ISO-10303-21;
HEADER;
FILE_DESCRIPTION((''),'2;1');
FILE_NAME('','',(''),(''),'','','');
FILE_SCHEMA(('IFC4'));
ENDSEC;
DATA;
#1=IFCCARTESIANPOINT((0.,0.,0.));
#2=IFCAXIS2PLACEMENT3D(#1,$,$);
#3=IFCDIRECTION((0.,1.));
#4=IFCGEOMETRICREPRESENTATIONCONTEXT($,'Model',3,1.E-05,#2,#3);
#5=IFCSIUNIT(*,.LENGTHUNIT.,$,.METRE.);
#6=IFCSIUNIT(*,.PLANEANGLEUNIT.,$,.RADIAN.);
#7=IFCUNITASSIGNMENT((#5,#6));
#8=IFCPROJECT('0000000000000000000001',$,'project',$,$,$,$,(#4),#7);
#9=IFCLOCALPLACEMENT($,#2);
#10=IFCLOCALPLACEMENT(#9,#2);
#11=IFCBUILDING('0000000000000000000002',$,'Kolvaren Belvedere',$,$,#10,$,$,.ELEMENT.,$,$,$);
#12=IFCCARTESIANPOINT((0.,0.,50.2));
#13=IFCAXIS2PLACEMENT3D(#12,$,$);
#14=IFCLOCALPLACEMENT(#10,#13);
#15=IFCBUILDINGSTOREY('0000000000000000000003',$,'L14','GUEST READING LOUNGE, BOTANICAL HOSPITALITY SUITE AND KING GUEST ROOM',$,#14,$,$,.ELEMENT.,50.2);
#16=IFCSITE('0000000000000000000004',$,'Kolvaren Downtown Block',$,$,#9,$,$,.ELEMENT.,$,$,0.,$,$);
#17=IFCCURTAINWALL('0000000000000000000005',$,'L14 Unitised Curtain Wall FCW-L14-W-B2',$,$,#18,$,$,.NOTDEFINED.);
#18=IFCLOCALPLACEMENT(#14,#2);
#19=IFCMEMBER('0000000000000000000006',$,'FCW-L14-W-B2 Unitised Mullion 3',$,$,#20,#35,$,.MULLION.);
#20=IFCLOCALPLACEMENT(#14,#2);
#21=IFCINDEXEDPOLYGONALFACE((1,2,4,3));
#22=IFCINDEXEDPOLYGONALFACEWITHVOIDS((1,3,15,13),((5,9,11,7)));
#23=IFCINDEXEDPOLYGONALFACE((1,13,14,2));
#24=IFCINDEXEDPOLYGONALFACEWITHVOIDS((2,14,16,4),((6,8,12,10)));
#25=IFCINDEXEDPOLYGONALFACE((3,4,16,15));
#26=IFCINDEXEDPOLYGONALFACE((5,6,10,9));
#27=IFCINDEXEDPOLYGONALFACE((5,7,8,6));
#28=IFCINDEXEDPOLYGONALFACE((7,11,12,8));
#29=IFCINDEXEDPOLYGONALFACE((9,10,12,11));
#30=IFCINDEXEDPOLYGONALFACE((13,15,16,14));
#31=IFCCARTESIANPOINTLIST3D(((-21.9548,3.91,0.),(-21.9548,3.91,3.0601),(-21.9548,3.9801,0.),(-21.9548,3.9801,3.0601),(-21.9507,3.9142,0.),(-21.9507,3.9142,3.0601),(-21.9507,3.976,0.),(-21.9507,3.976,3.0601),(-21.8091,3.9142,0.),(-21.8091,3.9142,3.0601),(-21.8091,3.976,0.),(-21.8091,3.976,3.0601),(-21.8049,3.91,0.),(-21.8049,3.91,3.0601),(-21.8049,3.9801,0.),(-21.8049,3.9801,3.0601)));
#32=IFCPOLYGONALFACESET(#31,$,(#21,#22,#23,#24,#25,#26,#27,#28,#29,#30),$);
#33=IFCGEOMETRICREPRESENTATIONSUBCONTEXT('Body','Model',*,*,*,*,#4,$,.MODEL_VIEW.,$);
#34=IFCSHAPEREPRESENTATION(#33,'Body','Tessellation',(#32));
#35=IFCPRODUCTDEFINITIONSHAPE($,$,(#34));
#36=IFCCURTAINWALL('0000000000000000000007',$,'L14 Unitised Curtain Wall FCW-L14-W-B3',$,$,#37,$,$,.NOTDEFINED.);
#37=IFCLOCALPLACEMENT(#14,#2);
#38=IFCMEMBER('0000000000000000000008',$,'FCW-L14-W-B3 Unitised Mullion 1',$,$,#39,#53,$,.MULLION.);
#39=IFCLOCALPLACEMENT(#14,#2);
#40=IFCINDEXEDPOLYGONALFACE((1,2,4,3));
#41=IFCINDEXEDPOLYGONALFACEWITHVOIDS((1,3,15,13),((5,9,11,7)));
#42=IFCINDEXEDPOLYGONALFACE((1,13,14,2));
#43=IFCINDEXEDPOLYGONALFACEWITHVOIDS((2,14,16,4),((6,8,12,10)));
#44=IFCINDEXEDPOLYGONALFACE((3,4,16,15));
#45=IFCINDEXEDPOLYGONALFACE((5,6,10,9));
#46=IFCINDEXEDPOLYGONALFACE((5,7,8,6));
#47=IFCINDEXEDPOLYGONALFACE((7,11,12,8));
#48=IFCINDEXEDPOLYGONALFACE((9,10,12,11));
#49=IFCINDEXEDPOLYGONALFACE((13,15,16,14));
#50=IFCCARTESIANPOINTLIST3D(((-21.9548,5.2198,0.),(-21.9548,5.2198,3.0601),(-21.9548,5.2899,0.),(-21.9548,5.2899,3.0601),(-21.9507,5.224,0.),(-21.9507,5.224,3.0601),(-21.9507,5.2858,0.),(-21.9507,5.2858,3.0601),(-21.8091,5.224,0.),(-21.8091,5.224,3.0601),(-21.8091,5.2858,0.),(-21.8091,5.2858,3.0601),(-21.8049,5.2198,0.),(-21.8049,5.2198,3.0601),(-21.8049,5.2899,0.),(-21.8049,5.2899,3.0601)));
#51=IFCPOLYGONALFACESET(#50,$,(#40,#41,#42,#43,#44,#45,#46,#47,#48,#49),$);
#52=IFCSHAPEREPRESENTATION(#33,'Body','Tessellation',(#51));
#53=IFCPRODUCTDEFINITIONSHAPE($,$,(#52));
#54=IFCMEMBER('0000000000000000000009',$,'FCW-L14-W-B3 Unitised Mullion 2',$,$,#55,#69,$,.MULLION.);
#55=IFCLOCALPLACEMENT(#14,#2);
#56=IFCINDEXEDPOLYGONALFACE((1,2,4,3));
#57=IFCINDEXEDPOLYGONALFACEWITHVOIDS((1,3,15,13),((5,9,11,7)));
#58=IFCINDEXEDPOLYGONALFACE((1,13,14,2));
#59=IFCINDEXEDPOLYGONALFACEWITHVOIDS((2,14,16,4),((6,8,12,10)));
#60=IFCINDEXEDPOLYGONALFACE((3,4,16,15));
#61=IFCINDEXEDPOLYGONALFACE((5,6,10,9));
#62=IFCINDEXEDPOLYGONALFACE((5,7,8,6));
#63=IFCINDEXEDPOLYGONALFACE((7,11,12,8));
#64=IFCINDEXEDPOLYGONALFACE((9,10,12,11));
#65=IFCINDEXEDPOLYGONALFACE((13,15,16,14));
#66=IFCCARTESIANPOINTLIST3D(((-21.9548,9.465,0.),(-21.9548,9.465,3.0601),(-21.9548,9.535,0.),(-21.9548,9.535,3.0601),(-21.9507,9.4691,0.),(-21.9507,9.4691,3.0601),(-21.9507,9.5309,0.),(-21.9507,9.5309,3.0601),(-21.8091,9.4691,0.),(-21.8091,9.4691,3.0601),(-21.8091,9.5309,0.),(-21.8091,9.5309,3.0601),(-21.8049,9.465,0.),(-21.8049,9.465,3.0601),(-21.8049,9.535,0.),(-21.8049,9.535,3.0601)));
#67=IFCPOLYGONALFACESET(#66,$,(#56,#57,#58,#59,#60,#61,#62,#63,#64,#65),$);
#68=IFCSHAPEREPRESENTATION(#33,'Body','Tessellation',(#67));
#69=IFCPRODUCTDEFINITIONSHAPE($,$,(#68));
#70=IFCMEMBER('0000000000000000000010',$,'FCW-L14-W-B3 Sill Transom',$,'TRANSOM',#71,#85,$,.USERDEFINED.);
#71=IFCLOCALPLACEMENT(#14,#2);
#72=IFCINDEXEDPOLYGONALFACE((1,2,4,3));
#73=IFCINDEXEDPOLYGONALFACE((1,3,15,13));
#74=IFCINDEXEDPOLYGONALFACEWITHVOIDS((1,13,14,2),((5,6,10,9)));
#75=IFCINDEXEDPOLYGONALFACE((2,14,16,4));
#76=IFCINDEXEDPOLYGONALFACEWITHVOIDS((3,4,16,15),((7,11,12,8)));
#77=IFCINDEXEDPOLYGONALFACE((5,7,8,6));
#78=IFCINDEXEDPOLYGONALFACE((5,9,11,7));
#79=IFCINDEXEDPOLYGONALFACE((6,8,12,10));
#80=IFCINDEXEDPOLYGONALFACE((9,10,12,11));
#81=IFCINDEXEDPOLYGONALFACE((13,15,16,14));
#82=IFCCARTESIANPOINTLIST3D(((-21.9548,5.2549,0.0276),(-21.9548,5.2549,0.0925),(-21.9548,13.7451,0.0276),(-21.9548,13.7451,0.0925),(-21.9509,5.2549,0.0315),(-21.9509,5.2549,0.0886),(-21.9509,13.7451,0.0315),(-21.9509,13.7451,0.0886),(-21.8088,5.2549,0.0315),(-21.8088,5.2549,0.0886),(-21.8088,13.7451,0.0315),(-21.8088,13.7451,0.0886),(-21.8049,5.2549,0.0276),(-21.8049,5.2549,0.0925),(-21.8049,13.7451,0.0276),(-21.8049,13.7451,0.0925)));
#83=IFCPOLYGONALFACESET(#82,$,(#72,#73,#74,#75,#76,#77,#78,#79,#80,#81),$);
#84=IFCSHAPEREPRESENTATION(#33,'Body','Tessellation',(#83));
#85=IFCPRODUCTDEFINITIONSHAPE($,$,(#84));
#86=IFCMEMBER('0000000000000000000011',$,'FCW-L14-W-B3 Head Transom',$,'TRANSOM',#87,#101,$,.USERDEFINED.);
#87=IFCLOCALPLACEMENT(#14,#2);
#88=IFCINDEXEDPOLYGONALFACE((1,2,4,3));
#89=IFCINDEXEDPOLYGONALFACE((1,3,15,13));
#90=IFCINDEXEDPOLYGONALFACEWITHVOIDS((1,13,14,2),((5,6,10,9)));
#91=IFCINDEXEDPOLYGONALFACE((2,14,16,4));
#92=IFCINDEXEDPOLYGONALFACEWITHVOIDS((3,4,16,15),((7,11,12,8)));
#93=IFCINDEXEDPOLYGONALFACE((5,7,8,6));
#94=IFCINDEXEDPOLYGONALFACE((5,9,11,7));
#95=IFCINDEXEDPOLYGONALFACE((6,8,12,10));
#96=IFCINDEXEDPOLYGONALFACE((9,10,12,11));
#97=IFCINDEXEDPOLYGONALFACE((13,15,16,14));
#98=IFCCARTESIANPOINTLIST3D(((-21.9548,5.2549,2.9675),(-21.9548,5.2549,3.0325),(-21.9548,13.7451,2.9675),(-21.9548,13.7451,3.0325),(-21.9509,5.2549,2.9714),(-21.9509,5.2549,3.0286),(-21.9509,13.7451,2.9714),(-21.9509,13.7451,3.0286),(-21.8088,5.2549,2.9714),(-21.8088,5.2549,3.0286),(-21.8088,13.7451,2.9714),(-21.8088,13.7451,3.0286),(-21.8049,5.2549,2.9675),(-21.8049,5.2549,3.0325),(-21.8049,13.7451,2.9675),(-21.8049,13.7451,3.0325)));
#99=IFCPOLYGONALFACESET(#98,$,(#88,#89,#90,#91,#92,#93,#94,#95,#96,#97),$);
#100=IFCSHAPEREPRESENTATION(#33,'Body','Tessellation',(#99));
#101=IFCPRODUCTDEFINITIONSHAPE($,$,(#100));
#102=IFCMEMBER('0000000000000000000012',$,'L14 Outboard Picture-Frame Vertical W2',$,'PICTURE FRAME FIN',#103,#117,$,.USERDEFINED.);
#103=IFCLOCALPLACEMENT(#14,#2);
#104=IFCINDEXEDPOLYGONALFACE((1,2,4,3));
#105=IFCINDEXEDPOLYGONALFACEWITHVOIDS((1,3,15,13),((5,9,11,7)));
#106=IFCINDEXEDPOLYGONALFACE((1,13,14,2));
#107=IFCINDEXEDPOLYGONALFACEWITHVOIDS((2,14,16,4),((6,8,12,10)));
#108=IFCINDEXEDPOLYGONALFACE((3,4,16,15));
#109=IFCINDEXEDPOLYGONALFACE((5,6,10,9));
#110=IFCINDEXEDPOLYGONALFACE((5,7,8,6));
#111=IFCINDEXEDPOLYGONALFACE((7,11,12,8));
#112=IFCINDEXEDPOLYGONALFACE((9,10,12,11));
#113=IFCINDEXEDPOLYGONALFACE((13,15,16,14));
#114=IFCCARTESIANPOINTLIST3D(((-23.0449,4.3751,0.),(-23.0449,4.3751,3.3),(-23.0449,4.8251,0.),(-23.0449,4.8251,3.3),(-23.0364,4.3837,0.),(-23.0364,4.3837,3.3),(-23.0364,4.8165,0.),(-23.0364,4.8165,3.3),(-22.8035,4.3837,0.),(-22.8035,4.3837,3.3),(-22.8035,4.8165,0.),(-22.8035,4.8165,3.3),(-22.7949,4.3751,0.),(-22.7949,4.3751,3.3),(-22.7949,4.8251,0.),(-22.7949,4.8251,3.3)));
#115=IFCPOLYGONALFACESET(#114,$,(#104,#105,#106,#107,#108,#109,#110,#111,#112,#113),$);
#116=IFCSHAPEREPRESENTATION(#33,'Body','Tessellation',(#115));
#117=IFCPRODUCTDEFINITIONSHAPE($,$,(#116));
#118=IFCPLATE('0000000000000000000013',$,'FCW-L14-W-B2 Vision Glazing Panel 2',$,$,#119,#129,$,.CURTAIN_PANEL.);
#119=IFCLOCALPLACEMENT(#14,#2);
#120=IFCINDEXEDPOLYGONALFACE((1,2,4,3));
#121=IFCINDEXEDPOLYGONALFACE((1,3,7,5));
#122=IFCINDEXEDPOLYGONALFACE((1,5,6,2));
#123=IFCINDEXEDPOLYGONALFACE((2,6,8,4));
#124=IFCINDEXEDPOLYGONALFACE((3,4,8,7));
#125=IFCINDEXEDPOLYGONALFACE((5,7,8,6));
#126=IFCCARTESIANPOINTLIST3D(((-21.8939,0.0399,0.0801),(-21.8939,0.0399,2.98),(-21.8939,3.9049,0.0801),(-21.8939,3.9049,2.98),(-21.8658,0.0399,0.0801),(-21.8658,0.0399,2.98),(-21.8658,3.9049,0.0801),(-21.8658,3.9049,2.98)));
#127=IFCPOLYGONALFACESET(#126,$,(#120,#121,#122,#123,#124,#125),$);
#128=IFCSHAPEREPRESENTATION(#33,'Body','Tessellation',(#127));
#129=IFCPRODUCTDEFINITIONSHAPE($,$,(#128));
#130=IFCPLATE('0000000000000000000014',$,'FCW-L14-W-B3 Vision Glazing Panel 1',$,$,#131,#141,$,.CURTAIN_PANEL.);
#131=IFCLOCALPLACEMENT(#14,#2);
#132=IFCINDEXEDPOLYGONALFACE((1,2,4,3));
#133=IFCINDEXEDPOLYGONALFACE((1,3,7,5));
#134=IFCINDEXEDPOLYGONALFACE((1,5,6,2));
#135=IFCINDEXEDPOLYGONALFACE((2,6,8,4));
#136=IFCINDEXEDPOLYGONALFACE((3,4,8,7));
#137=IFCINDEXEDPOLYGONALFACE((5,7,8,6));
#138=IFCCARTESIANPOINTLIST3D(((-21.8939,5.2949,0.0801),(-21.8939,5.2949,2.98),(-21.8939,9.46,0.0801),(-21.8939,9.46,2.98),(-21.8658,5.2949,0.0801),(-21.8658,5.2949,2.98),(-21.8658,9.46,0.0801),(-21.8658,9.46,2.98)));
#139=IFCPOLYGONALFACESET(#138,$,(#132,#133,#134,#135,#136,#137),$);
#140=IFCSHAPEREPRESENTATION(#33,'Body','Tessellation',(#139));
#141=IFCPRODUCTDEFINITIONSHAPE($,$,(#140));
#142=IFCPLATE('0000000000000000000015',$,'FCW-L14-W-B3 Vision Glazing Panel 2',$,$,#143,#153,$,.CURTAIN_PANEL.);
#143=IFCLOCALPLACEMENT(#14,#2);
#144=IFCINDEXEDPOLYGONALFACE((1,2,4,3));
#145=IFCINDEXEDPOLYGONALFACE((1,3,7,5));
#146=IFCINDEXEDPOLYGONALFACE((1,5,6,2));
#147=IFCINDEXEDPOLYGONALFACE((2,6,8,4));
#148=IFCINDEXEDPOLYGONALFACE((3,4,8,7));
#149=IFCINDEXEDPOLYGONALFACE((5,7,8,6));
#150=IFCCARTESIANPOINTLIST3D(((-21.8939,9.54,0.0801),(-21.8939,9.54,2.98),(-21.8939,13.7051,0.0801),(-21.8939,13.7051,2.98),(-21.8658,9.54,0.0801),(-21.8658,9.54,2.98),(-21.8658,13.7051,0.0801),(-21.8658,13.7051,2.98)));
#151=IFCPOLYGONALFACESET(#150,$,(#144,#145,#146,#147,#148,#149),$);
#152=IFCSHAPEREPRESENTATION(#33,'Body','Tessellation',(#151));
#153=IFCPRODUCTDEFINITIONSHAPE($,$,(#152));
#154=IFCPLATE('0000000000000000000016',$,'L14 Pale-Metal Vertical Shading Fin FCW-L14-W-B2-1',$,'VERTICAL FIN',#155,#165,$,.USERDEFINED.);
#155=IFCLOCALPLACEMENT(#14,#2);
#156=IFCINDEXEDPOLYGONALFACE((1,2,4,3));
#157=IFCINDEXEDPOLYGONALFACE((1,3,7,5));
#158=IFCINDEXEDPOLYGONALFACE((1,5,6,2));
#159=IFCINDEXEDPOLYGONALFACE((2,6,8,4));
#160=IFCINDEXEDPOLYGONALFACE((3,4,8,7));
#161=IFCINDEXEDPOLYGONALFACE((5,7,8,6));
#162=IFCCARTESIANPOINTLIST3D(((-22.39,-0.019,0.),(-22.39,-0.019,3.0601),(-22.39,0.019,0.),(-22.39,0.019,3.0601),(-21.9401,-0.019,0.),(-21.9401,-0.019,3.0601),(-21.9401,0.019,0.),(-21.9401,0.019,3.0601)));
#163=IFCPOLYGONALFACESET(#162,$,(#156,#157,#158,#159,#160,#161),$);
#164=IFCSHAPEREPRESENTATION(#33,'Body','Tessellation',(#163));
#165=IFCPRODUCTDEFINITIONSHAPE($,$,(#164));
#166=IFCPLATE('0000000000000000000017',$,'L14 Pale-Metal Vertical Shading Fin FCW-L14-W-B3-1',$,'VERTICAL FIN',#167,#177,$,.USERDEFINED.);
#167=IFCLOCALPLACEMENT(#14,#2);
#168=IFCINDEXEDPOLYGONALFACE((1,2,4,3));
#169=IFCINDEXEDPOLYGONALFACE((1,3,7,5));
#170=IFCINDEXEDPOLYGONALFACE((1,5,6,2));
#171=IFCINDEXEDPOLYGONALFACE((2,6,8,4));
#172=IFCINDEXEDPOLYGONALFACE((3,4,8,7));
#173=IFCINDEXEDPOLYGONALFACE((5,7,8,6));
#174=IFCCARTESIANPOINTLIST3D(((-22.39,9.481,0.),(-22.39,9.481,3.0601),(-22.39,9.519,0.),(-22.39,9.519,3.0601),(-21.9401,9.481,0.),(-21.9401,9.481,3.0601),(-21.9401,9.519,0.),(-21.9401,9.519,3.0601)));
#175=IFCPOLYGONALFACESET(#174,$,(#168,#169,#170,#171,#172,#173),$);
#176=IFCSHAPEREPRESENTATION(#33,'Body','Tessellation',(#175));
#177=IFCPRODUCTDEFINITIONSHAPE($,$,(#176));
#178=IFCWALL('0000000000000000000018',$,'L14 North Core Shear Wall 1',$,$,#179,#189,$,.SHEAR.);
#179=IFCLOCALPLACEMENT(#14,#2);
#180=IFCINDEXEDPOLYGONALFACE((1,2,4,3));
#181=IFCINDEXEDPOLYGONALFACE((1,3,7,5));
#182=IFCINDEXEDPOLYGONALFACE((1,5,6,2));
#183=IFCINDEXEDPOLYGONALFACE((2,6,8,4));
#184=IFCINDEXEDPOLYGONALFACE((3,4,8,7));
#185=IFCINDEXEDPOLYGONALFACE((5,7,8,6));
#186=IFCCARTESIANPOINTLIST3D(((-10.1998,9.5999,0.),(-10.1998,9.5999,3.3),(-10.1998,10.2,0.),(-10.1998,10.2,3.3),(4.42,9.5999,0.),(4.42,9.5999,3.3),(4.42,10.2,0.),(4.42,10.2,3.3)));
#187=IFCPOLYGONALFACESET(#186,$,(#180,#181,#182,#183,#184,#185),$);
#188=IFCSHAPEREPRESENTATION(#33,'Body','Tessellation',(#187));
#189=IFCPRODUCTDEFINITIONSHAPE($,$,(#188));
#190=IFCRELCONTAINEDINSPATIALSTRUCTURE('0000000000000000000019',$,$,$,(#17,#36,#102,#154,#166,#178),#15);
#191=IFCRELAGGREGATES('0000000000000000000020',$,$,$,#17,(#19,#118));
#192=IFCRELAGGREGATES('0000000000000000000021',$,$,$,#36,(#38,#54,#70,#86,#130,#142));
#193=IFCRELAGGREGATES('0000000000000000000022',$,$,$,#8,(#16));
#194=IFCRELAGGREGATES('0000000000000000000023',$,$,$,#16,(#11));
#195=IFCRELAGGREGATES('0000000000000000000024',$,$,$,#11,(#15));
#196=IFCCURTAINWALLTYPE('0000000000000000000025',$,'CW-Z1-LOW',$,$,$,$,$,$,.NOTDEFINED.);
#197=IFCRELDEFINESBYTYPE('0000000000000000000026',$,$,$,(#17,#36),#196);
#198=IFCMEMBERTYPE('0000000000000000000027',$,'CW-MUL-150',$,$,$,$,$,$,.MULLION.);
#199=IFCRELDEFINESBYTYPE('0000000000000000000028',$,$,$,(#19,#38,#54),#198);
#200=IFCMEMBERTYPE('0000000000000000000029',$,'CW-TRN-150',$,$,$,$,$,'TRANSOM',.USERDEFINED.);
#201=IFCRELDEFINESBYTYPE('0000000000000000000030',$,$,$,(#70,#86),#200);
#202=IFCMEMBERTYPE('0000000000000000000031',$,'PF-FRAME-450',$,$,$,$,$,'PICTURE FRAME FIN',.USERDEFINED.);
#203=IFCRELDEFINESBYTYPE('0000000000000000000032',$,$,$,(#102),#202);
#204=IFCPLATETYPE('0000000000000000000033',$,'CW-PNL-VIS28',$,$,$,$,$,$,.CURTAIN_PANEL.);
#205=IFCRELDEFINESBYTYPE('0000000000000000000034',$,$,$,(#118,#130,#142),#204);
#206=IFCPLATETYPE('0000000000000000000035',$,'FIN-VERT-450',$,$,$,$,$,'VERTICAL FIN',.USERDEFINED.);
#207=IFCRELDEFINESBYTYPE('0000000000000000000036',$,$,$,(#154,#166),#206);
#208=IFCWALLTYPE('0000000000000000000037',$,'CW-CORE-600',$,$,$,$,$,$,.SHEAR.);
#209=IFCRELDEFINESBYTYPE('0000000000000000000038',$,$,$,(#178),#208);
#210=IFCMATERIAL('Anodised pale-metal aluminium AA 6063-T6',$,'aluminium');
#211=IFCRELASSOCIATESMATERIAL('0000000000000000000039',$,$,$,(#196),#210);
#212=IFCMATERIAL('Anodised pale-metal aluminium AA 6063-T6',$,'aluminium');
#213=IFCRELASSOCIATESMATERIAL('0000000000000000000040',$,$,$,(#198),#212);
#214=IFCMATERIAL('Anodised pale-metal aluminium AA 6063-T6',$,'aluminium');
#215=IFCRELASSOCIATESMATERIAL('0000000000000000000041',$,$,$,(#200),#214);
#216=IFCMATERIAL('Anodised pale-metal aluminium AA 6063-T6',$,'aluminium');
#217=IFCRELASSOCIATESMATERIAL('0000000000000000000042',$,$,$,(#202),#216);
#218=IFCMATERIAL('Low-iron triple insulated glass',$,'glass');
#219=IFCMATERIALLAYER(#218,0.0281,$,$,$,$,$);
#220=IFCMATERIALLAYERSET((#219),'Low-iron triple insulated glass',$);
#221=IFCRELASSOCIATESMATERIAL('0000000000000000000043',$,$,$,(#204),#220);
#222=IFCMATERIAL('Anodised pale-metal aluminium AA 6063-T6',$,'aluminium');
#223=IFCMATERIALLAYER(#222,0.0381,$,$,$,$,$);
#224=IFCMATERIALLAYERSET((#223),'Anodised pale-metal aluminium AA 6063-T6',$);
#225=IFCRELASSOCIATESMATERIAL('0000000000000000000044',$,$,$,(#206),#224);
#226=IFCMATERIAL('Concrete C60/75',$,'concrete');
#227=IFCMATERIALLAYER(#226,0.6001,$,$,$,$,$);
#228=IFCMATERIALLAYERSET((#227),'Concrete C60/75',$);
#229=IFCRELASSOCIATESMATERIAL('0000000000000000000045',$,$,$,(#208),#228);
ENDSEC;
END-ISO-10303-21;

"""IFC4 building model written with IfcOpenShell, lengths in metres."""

from ifc_helpers import new_model, si_unit, direction, frame, frame_2d, origin, origin_2d, place, context, subcontext, project, spatial, rectangle, hollow_rectangle, extrude, material, layer, layer_set, material_profile, profile_set, type_object, element, aggregate, save


model = new_model("IFC4")

# Units and contexts
model_context = context("Model", 3, precision=1e-05, world=origin(), true_north=direction((0.0, 1.0)))
body_context = subcontext(model_context, "Body", "Model", "MODEL_VIEW")
ifc_project = project(units=[si_unit("LENGTHUNIT", "METRE"), si_unit("PLANEANGLEUNIT", "RADIAN")], contexts=[model_context])

# Site, building, storey
site_placement = place(None, origin())
site = spatial("IfcSite", under=ifc_project, at=site_placement, Name="Kolvaren Downtown Block", CompositionType="ELEMENT", RefElevation=0.0)
building_placement = place(site_placement, origin())
building = spatial("IfcBuilding", under=site, at=building_placement, Name="Kolvaren Belvedere", CompositionType="ELEMENT")
storey_placement = place(building_placement, frame((0.0, 0.0, 50.2)))
storey = spatial("IfcBuildingStorey", under=building, at=storey_placement, Name="L14", Description="GUEST READING LOUNGE, BOTANICAL HOSPITALITY SUITE AND KING GUEST ROOM", CompositionType="ELEMENT", Elevation=50.2)

# Curtain walls, members
ifc_material_1 = material(Name="Anodised pale-metal aluminium AA 6063-T6", Category="aluminium")
curtain_wall_type = type_object("IfcCurtainWallType", Name="CW-Z1-LOW", PredefinedType="NOTDEFINED", material=ifc_material_1)
curtain_wall_1_placement = place(storey_placement, origin())
curtain_wall_1 = element("IfcCurtainWall", 1, at=curtain_wall_1_placement, inside=storey, type_object=curtain_wall_type, Name="L14 Unitised Curtain Wall FCW-L14-W-B2", PredefinedType="NOTDEFINED")
ifc_material_2 = material(Name="Anodised pale-metal aluminium AA 6063-T6", Category="aluminium")
ifc_material_profile_1 = material_profile(ifc_material_2, hollow_rectangle(XDim=0.0701, YDim=0.1499, WallThickness=0.0042, at=origin_2d()), Name="ALU-MUL-150X70")
ifc_profile_set_1 = profile_set([ifc_material_profile_1], Name="Anodised pale-metal aluminium AA 6063-T6")
member_type_1 = type_object("IfcMemberType", Name="CW-MUL-150", PredefinedType="MULLION", material=ifc_profile_set_1)
member_1_placement = place(storey_placement, frame((-21.8799, 3.9451, 0.0), z_axis=(0.0, 0.0, 1.0), x_axis=(0.0, 1.0, 0.0)))
member_1 = element("IfcMember", 2, at=member_1_placement, type_object=member_type_1, Name="FCW-L14-W-B2 Unitised Mullion 3", PredefinedType="MULLION", context=body_context, shape_type="SweptSolid", body=[
    extrude(hollow_rectangle(XDim=0.0701, YDim=0.1499, WallThickness=0.0042, at=origin_2d()), origin(), (0.0, 0.0, 1.0), 3.0601),
])
curtain_wall_2_placement = place(storey_placement, origin())
curtain_wall_2 = element("IfcCurtainWall", 3, at=curtain_wall_2_placement, inside=storey, type_object=curtain_wall_type, Name="L14 Unitised Curtain Wall FCW-L14-W-B3", PredefinedType="NOTDEFINED")
member_2_placement = place(storey_placement, frame((-21.8799, 5.2549, 0.0), z_axis=(0.0, 0.0, 1.0), x_axis=(0.0, 1.0, 0.0)))
member_2 = element("IfcMember", 4, at=member_2_placement, type_object=member_type_1, Name="FCW-L14-W-B3 Unitised Mullion 1", PredefinedType="MULLION", context=body_context, shape_type="SweptSolid", body=[
    extrude(hollow_rectangle(XDim=0.0701, YDim=0.1499, WallThickness=0.0042, at=origin_2d()), origin(), (0.0, 0.0, 1.0), 3.0601),
])
member_3_placement = place(storey_placement, frame((-21.8799, 9.5, 0.0), z_axis=(0.0, 0.0, 1.0), x_axis=(0.0, 1.0, 0.0)))
member_3 = element("IfcMember", 5, at=member_3_placement, type_object=member_type_1, Name="FCW-L14-W-B3 Unitised Mullion 2", PredefinedType="MULLION", context=body_context, shape_type="SweptSolid", body=[
    extrude(hollow_rectangle(XDim=0.0701, YDim=0.1499, WallThickness=0.0042, at=origin_2d()), origin(), (0.0, 0.0, 1.0), 3.0601),
])
ifc_material_3 = material(Name="Anodised pale-metal aluminium AA 6063-T6", Category="aluminium")
ifc_material_profile_2 = material_profile(ifc_material_3, hollow_rectangle(XDim=0.0649, YDim=0.1499, WallThickness=0.0039, at=origin_2d()), Name="ALU-TRN-150X65")
ifc_profile_set_2 = profile_set([ifc_material_profile_2], Name="Anodised pale-metal aluminium AA 6063-T6")
member_type_2 = type_object("IfcMemberType", Name="CW-TRN-150", ElementType="TRANSOM", PredefinedType="USERDEFINED", material=ifc_profile_set_2)
member_4_placement = place(storey_placement, frame((-21.8799, 5.2549, 0.0601), z_axis=(0.0, 1.0, 0.0), x_axis=(0.0, 0.0, 1.0)))
member_4 = element("IfcMember", 6, at=member_4_placement, type_object=member_type_2, Name="FCW-L14-W-B3 Sill Transom", ObjectType="TRANSOM", PredefinedType="USERDEFINED", context=body_context, shape_type="SweptSolid", body=[
    extrude(hollow_rectangle(XDim=0.0649, YDim=0.1499, WallThickness=0.0039, at=origin_2d()), origin(), (0.0, 0.0, 1.0), 8.4902),
])
member_5_placement = place(storey_placement, frame((-21.8799, 5.2549, 3.0), z_axis=(0.0, 1.0, 0.0), x_axis=(0.0, 0.0, 1.0)))
member_5 = element("IfcMember", 7, at=member_5_placement, type_object=member_type_2, Name="FCW-L14-W-B3 Head Transom", ObjectType="TRANSOM", PredefinedType="USERDEFINED", context=body_context, shape_type="SweptSolid", body=[
    extrude(hollow_rectangle(XDim=0.0649, YDim=0.1499, WallThickness=0.0039, at=origin_2d()), origin(), (0.0, 0.0, 1.0), 8.4902),
])

# Member
ifc_material_4 = material(Name="Anodised pale-metal aluminium AA 6063-T6", Category="aluminium")
ifc_material_profile_3 = material_profile(ifc_material_4, hollow_rectangle(XDim=0.25, YDim=0.45, WallThickness=0.0085, at=origin_2d()), Name="ALU-PF-450X250")
ifc_profile_set_3 = profile_set([ifc_material_profile_3], Name="Anodised pale-metal aluminium AA 6063-T6")
member_type_3 = type_object("IfcMemberType", Name="PF-FRAME-450", ElementType="PICTURE FRAME FIN", PredefinedType="USERDEFINED", material=ifc_profile_set_3)
member_6_placement = place(storey_placement, frame((-22.9199, 4.6001, 0.0), z_axis=(0.0, 0.0, 1.0), x_axis=(1.0, 0.0, 0.0)))
element("IfcMember", 8, at=member_6_placement, inside=storey, type_object=member_type_3, Name="L14 Outboard Picture-Frame Vertical W2", ObjectType="PICTURE FRAME FIN", PredefinedType="USERDEFINED", context=body_context, shape_type="SweptSolid", body=[
    extrude(hollow_rectangle(XDim=0.25, YDim=0.45, WallThickness=0.0085, at=origin_2d()), origin(), (0.0, 0.0, 1.0), 3.3),
])

# Plates
ifc_material_5 = material(Name="Low-iron triple insulated glass", Category="glass")
ifc_layer_1 = layer(ifc_material_5, 0.0281)
ifc_layer_set_1 = layer_set([ifc_layer_1], Name="Low-iron triple insulated glass")
plate_type_1 = type_object("IfcPlateType", Name="CW-PNL-VIS28", PredefinedType="CURTAIN_PANEL", material=ifc_layer_set_1)
plate_1_placement = place(storey_placement, frame((-21.8799, 1.9724, 0.0801), z_axis=(0.0, 0.0, 1.0), x_axis=(0.0, 1.0, 0.0)))
plate_1 = element("IfcPlate", 9, at=plate_1_placement, type_object=plate_type_1, Name="FCW-L14-W-B2 Vision Glazing Panel 2", PredefinedType="CURTAIN_PANEL", context=body_context, shape_type="SweptSolid", body=[
    extrude(rectangle(XDim=3.865, YDim=0.0281, at=origin_2d()), origin(), (0.0, 0.0, 1.0), 2.8999),
])
aggregate(curtain_wall_1, [member_1, plate_1])
plate_2_placement = place(storey_placement, frame((-21.8799, 7.3774, 0.0801), z_axis=(0.0, 0.0, 1.0), x_axis=(0.0, 1.0, 0.0)))
plate_2 = element("IfcPlate", 10, at=plate_2_placement, type_object=plate_type_1, Name="FCW-L14-W-B3 Vision Glazing Panel 1", PredefinedType="CURTAIN_PANEL", context=body_context, shape_type="SweptSolid", body=[
    extrude(rectangle(XDim=4.165, YDim=0.0281, at=origin_2d()), origin(), (0.0, 0.0, 1.0), 2.8999),
])
plate_3_placement = place(storey_placement, frame((-21.8799, 11.6226, 0.0801), z_axis=(0.0, 0.0, 1.0), x_axis=(0.0, 1.0, 0.0)))
plate_3 = element("IfcPlate", 11, at=plate_3_placement, type_object=plate_type_1, Name="FCW-L14-W-B3 Vision Glazing Panel 2", PredefinedType="CURTAIN_PANEL", context=body_context, shape_type="SweptSolid", body=[
    extrude(rectangle(XDim=4.165, YDim=0.0281, at=origin_2d()), origin(), (0.0, 0.0, 1.0), 2.8999),
])
aggregate(curtain_wall_2, [member_2, member_3, member_4, member_5, plate_2, plate_3])

# Plates
ifc_material_6 = material(Name="Anodised pale-metal aluminium AA 6063-T6", Category="aluminium")
ifc_layer_2 = layer(ifc_material_6, 0.0381)
ifc_layer_set_2 = layer_set([ifc_layer_2], Name="Anodised pale-metal aluminium AA 6063-T6")
plate_type_2 = type_object("IfcPlateType", Name="FIN-VERT-450", ElementType="VERTICAL FIN", PredefinedType="USERDEFINED", material=ifc_layer_set_2)
for number, where, z_axis, x_axis, name in (
    (12, (-22.165, 0.0, 0.0), (0.0, 0.0, 1.0), (1.0, 0.0, 0.0), "L14 Pale-Metal Vertical Shading Fin FCW-L14-W-B2-1"),
    (13, (-22.165, 9.5, 0.0), (0.0, 0.0, 1.0), (1.0, 0.0, 0.0), "L14 Pale-Metal Vertical Shading Fin FCW-L14-W-B3-1"),
):
    element("IfcPlate", number, at=place(storey_placement, frame(where, z_axis=z_axis, x_axis=x_axis)), inside=storey, type_object=plate_type_2, Name=name, ObjectType="VERTICAL FIN", PredefinedType="USERDEFINED", context=body_context, shape_type="SweptSolid", body=[
        extrude(rectangle(XDim=0.45, YDim=0.0381, at=origin_2d()), origin(), (0.0, 0.0, 1.0), 3.0601),
    ])

# Wall
ifc_material_7 = material(Name="Concrete C60/75", Category="concrete")
ifc_layer_3 = layer(ifc_material_7, 0.6001)
ifc_layer_set_3 = layer_set([ifc_layer_3], Name="Concrete C60/75")
wall_type_1 = type_object("IfcWallType", Name="CW-CORE-600", PredefinedType="SHEAR", material=ifc_layer_set_3)
wall_1_placement = place(storey_placement, frame((-10.2, 9.8999, 0.0), z_axis=(0.0, 0.0, 1.0), x_axis=(1.0, 0.0, 0.0)))
element("IfcWall", 14, at=wall_1_placement, inside=storey, type_object=wall_type_1, Name="L14 North Core Shear Wall 1", PredefinedType="SHEAR", context=body_context, shape_type="SweptSolid", body=[
    extrude(rectangle(XDim=14.6199, YDim=0.6001, at=frame_2d((7.3101, 0.0))), origin(), (0.0, 0.0, 1.0), 3.3),
])

save(model, "model.ifc")
